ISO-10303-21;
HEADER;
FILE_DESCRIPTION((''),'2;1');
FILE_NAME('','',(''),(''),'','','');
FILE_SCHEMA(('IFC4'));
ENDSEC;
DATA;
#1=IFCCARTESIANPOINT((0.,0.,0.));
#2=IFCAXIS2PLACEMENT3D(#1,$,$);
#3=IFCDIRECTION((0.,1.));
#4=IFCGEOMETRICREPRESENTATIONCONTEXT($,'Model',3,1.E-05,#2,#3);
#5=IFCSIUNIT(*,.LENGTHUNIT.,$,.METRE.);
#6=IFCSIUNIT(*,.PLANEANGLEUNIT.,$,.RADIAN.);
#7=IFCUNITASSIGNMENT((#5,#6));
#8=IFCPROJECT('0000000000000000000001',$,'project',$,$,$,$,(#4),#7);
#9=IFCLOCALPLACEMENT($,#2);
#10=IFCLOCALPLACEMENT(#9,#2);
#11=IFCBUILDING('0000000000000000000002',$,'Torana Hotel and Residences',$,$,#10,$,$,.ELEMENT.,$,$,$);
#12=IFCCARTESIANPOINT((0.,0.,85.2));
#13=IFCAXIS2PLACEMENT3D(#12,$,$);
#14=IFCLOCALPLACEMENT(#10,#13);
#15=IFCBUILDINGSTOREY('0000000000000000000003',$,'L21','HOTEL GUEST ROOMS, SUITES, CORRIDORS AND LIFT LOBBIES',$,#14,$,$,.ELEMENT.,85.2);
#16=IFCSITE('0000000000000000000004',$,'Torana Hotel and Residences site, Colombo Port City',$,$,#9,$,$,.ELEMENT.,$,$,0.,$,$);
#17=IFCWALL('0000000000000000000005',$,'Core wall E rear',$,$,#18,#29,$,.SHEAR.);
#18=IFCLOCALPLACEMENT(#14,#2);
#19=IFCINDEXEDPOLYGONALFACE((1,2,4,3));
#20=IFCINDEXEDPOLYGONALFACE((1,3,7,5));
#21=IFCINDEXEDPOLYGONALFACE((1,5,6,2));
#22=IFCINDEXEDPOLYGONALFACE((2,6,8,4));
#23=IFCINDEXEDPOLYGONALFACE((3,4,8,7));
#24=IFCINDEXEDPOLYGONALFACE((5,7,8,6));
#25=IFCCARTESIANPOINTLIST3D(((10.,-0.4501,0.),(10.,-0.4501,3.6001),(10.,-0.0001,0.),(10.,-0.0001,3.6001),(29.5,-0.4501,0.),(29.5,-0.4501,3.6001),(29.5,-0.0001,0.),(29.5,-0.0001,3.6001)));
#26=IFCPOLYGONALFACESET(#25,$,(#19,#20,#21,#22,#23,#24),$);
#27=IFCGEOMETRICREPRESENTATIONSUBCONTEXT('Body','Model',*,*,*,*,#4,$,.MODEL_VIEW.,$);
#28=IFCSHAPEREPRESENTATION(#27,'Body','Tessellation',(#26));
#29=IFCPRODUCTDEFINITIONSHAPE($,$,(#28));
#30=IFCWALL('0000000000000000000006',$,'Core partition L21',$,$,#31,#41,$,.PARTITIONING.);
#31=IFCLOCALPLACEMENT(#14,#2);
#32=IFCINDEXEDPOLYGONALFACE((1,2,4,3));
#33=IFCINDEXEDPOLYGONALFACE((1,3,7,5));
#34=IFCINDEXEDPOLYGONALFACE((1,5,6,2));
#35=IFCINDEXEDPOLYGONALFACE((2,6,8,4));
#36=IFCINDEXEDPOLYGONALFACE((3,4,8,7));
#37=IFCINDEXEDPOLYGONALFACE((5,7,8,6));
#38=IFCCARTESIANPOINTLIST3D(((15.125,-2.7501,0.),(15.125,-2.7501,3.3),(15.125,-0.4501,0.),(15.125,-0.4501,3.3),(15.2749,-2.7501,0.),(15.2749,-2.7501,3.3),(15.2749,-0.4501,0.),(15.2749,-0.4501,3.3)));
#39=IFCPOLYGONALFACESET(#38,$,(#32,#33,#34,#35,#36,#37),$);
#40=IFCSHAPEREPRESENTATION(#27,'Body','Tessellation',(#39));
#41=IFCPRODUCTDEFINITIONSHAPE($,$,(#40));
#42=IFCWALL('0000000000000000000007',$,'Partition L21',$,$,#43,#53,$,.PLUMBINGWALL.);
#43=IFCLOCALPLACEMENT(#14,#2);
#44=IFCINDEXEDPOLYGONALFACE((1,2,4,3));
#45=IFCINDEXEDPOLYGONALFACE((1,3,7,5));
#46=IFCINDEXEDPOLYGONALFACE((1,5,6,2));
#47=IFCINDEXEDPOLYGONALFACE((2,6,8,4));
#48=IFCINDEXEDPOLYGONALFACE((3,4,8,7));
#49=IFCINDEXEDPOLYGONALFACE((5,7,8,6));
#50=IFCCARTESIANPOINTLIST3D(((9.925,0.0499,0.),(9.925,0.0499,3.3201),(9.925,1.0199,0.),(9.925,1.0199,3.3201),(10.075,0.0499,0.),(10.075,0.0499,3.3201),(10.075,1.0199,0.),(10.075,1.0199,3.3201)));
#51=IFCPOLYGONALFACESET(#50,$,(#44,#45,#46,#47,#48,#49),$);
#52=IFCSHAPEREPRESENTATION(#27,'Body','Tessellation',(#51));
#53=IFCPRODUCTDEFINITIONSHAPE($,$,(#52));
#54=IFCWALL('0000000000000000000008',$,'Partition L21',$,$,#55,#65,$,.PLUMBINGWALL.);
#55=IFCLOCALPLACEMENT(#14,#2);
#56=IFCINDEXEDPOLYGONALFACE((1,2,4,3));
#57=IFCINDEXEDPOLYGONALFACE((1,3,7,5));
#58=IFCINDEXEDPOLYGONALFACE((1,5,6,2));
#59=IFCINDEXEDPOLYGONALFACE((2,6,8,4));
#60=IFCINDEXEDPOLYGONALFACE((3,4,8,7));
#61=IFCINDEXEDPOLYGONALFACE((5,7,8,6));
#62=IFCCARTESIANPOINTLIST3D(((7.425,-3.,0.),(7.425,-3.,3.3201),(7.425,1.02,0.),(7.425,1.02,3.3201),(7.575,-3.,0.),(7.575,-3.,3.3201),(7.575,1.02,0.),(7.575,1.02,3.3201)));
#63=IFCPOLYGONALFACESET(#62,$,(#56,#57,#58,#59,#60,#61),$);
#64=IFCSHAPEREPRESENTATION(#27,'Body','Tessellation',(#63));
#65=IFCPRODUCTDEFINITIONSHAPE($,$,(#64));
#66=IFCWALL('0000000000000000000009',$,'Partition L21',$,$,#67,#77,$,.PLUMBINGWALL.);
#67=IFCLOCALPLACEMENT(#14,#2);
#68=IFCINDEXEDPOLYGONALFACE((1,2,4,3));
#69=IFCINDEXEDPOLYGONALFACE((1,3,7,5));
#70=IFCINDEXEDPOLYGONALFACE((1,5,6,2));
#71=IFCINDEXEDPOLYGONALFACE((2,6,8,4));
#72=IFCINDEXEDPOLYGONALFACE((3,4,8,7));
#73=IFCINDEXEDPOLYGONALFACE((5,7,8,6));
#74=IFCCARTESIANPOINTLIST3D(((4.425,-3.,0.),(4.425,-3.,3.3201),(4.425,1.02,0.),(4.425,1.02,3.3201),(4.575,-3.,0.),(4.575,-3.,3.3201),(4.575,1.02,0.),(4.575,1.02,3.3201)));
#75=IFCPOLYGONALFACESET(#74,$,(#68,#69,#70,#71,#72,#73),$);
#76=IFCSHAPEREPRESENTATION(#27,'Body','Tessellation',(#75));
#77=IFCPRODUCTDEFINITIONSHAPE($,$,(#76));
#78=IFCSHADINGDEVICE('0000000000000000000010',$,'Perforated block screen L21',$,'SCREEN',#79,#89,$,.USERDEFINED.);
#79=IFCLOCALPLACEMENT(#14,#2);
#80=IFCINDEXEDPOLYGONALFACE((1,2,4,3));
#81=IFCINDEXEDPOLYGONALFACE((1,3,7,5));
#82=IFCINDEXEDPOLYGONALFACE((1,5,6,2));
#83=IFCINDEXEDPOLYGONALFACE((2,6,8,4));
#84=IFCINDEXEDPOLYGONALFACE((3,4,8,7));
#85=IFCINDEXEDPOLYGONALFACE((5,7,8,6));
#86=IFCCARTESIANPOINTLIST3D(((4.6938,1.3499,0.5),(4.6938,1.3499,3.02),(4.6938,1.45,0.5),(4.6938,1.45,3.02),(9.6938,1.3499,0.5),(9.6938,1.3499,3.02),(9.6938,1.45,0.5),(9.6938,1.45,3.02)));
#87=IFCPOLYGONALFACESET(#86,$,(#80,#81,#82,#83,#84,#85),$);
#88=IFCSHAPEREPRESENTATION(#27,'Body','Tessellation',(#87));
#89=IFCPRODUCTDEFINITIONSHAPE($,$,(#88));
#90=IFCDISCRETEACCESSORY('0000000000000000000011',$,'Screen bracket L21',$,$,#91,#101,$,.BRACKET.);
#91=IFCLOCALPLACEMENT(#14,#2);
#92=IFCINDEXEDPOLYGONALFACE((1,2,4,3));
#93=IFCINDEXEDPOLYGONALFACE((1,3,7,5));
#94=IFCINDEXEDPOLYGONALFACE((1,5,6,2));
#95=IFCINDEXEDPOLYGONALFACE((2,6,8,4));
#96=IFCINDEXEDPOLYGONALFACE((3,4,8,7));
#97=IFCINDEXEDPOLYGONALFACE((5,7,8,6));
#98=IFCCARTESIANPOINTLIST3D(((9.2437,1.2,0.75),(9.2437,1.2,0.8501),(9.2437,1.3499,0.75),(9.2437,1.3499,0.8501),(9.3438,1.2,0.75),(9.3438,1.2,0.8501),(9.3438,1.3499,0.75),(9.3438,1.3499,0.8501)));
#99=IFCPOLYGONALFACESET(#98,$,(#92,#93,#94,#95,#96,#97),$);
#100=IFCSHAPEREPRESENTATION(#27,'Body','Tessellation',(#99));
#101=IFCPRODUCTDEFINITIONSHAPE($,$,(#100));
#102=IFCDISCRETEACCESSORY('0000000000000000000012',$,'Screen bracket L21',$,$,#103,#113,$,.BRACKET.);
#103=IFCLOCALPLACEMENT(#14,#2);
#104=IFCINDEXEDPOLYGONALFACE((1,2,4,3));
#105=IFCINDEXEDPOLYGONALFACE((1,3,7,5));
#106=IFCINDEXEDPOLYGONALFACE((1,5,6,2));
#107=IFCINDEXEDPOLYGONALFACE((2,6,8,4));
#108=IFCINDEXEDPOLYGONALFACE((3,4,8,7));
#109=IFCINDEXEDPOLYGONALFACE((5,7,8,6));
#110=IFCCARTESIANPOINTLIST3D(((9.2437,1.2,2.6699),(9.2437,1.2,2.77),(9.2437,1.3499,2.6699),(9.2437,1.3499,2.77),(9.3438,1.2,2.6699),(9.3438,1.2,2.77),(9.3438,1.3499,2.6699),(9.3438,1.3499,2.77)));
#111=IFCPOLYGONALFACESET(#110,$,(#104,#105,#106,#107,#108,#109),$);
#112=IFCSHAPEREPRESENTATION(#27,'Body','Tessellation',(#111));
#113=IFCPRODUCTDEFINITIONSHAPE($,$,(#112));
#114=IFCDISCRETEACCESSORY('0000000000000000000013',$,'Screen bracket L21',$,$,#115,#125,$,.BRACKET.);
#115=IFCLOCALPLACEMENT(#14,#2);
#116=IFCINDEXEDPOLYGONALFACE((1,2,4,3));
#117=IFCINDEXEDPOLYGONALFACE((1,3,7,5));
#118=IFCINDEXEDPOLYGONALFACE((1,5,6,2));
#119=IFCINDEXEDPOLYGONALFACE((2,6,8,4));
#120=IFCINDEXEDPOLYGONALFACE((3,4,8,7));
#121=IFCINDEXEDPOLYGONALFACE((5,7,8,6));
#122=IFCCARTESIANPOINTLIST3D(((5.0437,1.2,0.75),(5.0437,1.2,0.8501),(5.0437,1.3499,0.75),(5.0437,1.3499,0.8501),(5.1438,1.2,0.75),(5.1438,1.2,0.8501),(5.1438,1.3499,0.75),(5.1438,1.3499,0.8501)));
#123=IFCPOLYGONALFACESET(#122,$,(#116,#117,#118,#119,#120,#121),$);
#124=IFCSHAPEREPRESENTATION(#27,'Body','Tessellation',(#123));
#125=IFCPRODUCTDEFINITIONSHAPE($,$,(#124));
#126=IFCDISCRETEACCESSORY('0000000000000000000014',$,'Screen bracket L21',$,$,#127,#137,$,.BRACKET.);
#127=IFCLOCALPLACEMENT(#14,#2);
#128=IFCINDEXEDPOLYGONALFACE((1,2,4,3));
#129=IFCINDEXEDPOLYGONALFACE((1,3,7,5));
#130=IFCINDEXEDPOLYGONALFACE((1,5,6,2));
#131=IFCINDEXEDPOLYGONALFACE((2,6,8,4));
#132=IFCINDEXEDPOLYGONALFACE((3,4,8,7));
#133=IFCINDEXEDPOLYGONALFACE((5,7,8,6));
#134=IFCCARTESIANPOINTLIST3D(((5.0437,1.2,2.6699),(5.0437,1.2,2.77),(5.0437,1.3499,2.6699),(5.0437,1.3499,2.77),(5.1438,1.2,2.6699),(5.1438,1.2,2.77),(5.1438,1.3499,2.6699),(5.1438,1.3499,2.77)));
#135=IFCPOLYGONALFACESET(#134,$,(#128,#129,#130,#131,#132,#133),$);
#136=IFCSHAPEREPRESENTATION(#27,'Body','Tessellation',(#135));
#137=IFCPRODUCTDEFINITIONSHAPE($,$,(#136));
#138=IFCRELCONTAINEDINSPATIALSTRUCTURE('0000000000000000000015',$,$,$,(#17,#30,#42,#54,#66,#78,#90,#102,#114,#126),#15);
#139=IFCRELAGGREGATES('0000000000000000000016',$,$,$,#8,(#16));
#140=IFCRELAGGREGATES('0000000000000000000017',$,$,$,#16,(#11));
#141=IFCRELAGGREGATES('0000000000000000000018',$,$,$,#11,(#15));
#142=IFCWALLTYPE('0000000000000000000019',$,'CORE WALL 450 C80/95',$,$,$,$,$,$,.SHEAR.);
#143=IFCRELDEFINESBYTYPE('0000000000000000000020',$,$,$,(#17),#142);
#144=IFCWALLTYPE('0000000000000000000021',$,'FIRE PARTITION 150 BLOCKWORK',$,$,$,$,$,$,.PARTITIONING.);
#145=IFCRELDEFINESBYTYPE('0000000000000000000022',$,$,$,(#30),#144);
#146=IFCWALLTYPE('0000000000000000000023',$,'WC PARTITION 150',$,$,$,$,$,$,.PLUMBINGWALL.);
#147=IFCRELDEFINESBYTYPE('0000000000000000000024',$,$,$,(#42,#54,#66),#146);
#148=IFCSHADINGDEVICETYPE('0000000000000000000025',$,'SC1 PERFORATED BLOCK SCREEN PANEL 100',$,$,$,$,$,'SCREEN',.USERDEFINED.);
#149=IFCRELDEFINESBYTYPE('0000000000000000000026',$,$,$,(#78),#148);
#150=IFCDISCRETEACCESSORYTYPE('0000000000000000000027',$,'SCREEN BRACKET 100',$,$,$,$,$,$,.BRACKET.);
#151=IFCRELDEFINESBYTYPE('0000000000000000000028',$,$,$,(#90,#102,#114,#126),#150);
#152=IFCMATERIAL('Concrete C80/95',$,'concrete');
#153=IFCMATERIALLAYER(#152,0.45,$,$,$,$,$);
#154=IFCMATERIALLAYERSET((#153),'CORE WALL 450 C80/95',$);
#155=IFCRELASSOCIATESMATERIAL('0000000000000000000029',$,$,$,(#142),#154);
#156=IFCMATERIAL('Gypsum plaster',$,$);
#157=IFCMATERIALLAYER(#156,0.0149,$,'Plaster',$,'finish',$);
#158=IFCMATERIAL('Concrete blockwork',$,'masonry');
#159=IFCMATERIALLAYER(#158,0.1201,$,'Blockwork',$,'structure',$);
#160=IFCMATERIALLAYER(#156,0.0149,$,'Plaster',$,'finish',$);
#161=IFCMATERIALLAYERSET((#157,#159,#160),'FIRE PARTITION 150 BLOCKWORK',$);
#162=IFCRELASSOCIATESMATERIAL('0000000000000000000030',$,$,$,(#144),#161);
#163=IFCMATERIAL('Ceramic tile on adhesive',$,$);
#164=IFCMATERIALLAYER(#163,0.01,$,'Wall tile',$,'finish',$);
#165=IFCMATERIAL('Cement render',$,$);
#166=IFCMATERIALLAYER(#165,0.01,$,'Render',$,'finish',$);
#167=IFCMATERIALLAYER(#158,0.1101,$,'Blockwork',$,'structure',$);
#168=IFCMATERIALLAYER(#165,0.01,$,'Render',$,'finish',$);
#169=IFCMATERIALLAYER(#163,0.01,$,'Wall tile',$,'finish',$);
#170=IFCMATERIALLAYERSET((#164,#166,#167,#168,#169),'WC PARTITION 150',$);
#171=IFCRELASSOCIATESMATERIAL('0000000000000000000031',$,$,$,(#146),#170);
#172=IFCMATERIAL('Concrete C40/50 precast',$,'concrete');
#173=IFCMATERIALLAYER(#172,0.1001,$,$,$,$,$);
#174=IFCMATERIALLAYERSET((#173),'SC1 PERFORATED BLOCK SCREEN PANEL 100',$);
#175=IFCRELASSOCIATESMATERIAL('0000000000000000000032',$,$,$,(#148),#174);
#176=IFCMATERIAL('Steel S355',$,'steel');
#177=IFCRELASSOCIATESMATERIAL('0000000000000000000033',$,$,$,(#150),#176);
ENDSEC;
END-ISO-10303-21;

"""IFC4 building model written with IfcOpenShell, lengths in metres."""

from ifc_helpers import new_model, si_unit, direction, frame, frame_2d, origin, origin_2d, place, context, subcontext, project, spatial, rectangle, extrude, material, layer, layer_set, type_object, element, save


model = new_model("IFC4")

# Units and contexts
model_context = context("Model", 3, precision=1e-05, world=origin(), true_north=direction((0.0, 1.0)))
body_context = subcontext(model_context, "Body", "Model", "MODEL_VIEW")
ifc_project = project(units=[si_unit("LENGTHUNIT", "METRE"), si_unit("PLANEANGLEUNIT", "RADIAN")], contexts=[model_context])

# Site, building, storey
site_placement = place(None, origin())
site = spatial("IfcSite", under=ifc_project, at=site_placement, Name="Torana Hotel and Residences site, Colombo Port City", CompositionType="ELEMENT", RefElevation=0.0)
building_placement = place(site_placement, origin())
building = spatial("IfcBuilding", under=site, at=building_placement, Name="Torana Hotel and Residences", CompositionType="ELEMENT")
storey_placement = place(building_placement, frame((0.0, 0.0, 85.2)))
storey = spatial("IfcBuildingStorey", under=building, at=storey_placement, Name="L21", Description="HOTEL GUEST ROOMS, SUITES, CORRIDORS AND LIFT LOBBIES", CompositionType="ELEMENT", Elevation=85.2)

# Walls
ifc_material_1 = material(Name="Concrete C80/95", Category="concrete")
ifc_layer_1 = layer(ifc_material_1, 0.45)
ifc_layer_set_1 = layer_set([ifc_layer_1], Name="CORE WALL 450 C80/95")
wall_type_1 = type_object("IfcWallType", Name="CORE WALL 450 C80/95", PredefinedType="SHEAR", material=ifc_layer_set_1)
wall_1_placement = place(storey_placement, frame((10.0, -0.2251, 0.0), z_axis=(0.0, 0.0, 1.0), x_axis=(1.0, 0.0, 0.0)))
element("IfcWall", 1, at=wall_1_placement, inside=storey, type_object=wall_type_1, Name="Core wall E rear", PredefinedType="SHEAR", context=body_context, shape_type="SweptSolid", body=[
    extrude(rectangle(XDim=19.5, YDim=0.45, at=frame_2d((9.75, 0.0))), origin(), (0.0, 0.0, 1.0), 3.6001),
])
ifc_material_2 = material(Name="Gypsum plaster")
ifc_layer_2 = layer(ifc_material_2, 0.0149, Name="Plaster", Category="finish")
ifc_material_3 = material(Name="Concrete blockwork", Category="masonry")
ifc_layer_3 = layer(ifc_material_3, 0.1201, Name="Blockwork", Category="structure")
ifc_layer_4 = layer(ifc_material_2, 0.0149, Name="Plaster", Category="finish")
ifc_layer_set_2 = layer_set([ifc_layer_2, ifc_layer_3, ifc_layer_4], Name="FIRE PARTITION 150 BLOCKWORK")
wall_type_2 = type_object("IfcWallType", Name="FIRE PARTITION 150 BLOCKWORK", PredefinedType="PARTITIONING", material=ifc_layer_set_2)
wall_2_placement = place(storey_placement, frame((15.2, -2.75, 0.0), z_axis=(0.0, 0.0, 1.0), x_axis=(0.0, 1.0, 0.0)))
element("IfcWall", 2, at=wall_2_placement, inside=storey, type_object=wall_type_2, Name="Core partition L21", PredefinedType="PARTITIONING", context=body_context, shape_type="SweptSolid", body=[
    extrude(rectangle(XDim=2.3, YDim=0.1499, at=frame_2d((1.1499, 0.0))), origin(), (0.0, 0.0, 1.0), 3.3),
])
ifc_material_4 = material(Name="Ceramic tile on adhesive")
ifc_layer_5 = layer(ifc_material_4, 0.01, Name="Wall tile", Category="finish")
ifc_material_5 = material(Name="Cement render")
ifc_layer_6 = layer(ifc_material_5, 0.01, Name="Render", Category="finish")
ifc_layer_7 = layer(ifc_material_3, 0.1101, Name="Blockwork", Category="structure")
ifc_layer_8 = layer(ifc_material_5, 0.01, Name="Render", Category="finish")
ifc_layer_9 = layer(ifc_material_4, 0.01, Name="Wall tile", Category="finish")
ifc_layer_set_3 = layer_set([ifc_layer_5, ifc_layer_6, ifc_layer_7, ifc_layer_8, ifc_layer_9], Name="WC PARTITION 150")
wall_type_3 = type_object("IfcWallType", Name="WC PARTITION 150", PredefinedType="PLUMBINGWALL", material=ifc_layer_set_3)
wall_3_placement = place(storey_placement, frame((10.0, 0.05, 0.0), z_axis=(0.0, 0.0, 1.0), x_axis=(0.0, 1.0, 0.0)))
element("IfcWall", 3, at=wall_3_placement, inside=storey, type_object=wall_type_3, Name="Partition L21", PredefinedType="PLUMBINGWALL", context=body_context, shape_type="SweptSolid", body=[
    extrude(rectangle(XDim=0.97, YDim=0.1499, at=frame_2d((0.4849, 0.0))), origin(), (0.0, 0.0, 1.0), 3.3201),
])
for number, where, z_axis, x_axis, name in (
    (4, (7.5, -3.0, 0.0), (0.0, 0.0, 1.0), (0.0, 1.0, 0.0), "Partition L21"),
    (5, (4.5, -3.0, 0.0), (0.0, 0.0, 1.0), (0.0, 1.0, 0.0), "Partition L21"),
):
    element("IfcWall", number, at=place(storey_placement, frame(where, z_axis=z_axis, x_axis=x_axis)), inside=storey, type_object=wall_type_3, Name=name, PredefinedType="PLUMBINGWALL", context=body_context, shape_type="SweptSolid", body=[
        extrude(rectangle(XDim=4.02, YDim=0.1499, at=frame_2d((2.01, 0.0))), origin(), (0.0, 0.0, 1.0), 3.3201),
    ])

# Shading device
ifc_material_6 = material(Name="Concrete C40/50 precast", Category="concrete")
ifc_layer_10 = layer(ifc_material_6, 0.1001)
ifc_layer_set_4 = layer_set([ifc_layer_10], Name="SC1 PERFORATED BLOCK SCREEN PANEL 100")
shading_device_type = type_object("IfcShadingDeviceType", Name="SC1 PERFORATED BLOCK SCREEN PANEL 100", ElementType="SCREEN", PredefinedType="USERDEFINED", material=ifc_layer_set_4)
shading_device_placement = place(storey_placement, frame((7.1938, 1.3999, 0.5), z_axis=(0.0, 0.0, 1.0), x_axis=(-1.0, 0.0, 0.0)))
element("IfcShadingDevice", 6, at=shading_device_placement, inside=storey, type_object=shading_device_type, Name="Perforated block screen L21", ObjectType="SCREEN", PredefinedType="USERDEFINED", context=body_context, shape_type="SweptSolid", body=[
    extrude(rectangle(XDim=5.0, YDim=0.1001, at=origin_2d()), origin(), (0.0, 0.0, 1.0), 2.52),
])

# Discrete accessories
ifc_material_7 = material(Name="Steel S355", Category="steel")
discrete_accessory_type = type_object("IfcDiscreteAccessoryType", Name="SCREEN BRACKET 100", PredefinedType="BRACKET", material=ifc_material_7)
for number, where, z_axis, x_axis, name in (
    (7, (9.2937, 1.2749, 0.75), (0.0, 0.0, 1.0), (-1.0, 0.0, 0.0), "Screen bracket L21"),
    (8, (9.2937, 1.2749, 2.6699), (0.0, 0.0, 1.0), (-1.0, 0.0, 0.0), "Screen bracket L21"),
    (9, (5.0938, 1.2749, 0.75), (0.0, 0.0, 1.0), (-1.0, 0.0, 0.0), "Screen bracket L21"),
    (10, (5.0938, 1.2749, 2.6699), (0.0, 0.0, 1.0), (-1.0, 0.0, 0.0), "Screen bracket L21"),
):
    element("IfcDiscreteAccessory", number, at=place(storey_placement, frame(where, z_axis=z_axis, x_axis=x_axis)), inside=storey, type_object=discrete_accessory_type, Name=name, PredefinedType="BRACKET", context=body_context, shape_type="SweptSolid", body=[
        extrude(rectangle(XDim=0.1001, YDim=0.1499, at=origin_2d()), origin(), (0.0, 0.0, 1.0), 0.1001),
    ])

save(model, "model.ifc")
